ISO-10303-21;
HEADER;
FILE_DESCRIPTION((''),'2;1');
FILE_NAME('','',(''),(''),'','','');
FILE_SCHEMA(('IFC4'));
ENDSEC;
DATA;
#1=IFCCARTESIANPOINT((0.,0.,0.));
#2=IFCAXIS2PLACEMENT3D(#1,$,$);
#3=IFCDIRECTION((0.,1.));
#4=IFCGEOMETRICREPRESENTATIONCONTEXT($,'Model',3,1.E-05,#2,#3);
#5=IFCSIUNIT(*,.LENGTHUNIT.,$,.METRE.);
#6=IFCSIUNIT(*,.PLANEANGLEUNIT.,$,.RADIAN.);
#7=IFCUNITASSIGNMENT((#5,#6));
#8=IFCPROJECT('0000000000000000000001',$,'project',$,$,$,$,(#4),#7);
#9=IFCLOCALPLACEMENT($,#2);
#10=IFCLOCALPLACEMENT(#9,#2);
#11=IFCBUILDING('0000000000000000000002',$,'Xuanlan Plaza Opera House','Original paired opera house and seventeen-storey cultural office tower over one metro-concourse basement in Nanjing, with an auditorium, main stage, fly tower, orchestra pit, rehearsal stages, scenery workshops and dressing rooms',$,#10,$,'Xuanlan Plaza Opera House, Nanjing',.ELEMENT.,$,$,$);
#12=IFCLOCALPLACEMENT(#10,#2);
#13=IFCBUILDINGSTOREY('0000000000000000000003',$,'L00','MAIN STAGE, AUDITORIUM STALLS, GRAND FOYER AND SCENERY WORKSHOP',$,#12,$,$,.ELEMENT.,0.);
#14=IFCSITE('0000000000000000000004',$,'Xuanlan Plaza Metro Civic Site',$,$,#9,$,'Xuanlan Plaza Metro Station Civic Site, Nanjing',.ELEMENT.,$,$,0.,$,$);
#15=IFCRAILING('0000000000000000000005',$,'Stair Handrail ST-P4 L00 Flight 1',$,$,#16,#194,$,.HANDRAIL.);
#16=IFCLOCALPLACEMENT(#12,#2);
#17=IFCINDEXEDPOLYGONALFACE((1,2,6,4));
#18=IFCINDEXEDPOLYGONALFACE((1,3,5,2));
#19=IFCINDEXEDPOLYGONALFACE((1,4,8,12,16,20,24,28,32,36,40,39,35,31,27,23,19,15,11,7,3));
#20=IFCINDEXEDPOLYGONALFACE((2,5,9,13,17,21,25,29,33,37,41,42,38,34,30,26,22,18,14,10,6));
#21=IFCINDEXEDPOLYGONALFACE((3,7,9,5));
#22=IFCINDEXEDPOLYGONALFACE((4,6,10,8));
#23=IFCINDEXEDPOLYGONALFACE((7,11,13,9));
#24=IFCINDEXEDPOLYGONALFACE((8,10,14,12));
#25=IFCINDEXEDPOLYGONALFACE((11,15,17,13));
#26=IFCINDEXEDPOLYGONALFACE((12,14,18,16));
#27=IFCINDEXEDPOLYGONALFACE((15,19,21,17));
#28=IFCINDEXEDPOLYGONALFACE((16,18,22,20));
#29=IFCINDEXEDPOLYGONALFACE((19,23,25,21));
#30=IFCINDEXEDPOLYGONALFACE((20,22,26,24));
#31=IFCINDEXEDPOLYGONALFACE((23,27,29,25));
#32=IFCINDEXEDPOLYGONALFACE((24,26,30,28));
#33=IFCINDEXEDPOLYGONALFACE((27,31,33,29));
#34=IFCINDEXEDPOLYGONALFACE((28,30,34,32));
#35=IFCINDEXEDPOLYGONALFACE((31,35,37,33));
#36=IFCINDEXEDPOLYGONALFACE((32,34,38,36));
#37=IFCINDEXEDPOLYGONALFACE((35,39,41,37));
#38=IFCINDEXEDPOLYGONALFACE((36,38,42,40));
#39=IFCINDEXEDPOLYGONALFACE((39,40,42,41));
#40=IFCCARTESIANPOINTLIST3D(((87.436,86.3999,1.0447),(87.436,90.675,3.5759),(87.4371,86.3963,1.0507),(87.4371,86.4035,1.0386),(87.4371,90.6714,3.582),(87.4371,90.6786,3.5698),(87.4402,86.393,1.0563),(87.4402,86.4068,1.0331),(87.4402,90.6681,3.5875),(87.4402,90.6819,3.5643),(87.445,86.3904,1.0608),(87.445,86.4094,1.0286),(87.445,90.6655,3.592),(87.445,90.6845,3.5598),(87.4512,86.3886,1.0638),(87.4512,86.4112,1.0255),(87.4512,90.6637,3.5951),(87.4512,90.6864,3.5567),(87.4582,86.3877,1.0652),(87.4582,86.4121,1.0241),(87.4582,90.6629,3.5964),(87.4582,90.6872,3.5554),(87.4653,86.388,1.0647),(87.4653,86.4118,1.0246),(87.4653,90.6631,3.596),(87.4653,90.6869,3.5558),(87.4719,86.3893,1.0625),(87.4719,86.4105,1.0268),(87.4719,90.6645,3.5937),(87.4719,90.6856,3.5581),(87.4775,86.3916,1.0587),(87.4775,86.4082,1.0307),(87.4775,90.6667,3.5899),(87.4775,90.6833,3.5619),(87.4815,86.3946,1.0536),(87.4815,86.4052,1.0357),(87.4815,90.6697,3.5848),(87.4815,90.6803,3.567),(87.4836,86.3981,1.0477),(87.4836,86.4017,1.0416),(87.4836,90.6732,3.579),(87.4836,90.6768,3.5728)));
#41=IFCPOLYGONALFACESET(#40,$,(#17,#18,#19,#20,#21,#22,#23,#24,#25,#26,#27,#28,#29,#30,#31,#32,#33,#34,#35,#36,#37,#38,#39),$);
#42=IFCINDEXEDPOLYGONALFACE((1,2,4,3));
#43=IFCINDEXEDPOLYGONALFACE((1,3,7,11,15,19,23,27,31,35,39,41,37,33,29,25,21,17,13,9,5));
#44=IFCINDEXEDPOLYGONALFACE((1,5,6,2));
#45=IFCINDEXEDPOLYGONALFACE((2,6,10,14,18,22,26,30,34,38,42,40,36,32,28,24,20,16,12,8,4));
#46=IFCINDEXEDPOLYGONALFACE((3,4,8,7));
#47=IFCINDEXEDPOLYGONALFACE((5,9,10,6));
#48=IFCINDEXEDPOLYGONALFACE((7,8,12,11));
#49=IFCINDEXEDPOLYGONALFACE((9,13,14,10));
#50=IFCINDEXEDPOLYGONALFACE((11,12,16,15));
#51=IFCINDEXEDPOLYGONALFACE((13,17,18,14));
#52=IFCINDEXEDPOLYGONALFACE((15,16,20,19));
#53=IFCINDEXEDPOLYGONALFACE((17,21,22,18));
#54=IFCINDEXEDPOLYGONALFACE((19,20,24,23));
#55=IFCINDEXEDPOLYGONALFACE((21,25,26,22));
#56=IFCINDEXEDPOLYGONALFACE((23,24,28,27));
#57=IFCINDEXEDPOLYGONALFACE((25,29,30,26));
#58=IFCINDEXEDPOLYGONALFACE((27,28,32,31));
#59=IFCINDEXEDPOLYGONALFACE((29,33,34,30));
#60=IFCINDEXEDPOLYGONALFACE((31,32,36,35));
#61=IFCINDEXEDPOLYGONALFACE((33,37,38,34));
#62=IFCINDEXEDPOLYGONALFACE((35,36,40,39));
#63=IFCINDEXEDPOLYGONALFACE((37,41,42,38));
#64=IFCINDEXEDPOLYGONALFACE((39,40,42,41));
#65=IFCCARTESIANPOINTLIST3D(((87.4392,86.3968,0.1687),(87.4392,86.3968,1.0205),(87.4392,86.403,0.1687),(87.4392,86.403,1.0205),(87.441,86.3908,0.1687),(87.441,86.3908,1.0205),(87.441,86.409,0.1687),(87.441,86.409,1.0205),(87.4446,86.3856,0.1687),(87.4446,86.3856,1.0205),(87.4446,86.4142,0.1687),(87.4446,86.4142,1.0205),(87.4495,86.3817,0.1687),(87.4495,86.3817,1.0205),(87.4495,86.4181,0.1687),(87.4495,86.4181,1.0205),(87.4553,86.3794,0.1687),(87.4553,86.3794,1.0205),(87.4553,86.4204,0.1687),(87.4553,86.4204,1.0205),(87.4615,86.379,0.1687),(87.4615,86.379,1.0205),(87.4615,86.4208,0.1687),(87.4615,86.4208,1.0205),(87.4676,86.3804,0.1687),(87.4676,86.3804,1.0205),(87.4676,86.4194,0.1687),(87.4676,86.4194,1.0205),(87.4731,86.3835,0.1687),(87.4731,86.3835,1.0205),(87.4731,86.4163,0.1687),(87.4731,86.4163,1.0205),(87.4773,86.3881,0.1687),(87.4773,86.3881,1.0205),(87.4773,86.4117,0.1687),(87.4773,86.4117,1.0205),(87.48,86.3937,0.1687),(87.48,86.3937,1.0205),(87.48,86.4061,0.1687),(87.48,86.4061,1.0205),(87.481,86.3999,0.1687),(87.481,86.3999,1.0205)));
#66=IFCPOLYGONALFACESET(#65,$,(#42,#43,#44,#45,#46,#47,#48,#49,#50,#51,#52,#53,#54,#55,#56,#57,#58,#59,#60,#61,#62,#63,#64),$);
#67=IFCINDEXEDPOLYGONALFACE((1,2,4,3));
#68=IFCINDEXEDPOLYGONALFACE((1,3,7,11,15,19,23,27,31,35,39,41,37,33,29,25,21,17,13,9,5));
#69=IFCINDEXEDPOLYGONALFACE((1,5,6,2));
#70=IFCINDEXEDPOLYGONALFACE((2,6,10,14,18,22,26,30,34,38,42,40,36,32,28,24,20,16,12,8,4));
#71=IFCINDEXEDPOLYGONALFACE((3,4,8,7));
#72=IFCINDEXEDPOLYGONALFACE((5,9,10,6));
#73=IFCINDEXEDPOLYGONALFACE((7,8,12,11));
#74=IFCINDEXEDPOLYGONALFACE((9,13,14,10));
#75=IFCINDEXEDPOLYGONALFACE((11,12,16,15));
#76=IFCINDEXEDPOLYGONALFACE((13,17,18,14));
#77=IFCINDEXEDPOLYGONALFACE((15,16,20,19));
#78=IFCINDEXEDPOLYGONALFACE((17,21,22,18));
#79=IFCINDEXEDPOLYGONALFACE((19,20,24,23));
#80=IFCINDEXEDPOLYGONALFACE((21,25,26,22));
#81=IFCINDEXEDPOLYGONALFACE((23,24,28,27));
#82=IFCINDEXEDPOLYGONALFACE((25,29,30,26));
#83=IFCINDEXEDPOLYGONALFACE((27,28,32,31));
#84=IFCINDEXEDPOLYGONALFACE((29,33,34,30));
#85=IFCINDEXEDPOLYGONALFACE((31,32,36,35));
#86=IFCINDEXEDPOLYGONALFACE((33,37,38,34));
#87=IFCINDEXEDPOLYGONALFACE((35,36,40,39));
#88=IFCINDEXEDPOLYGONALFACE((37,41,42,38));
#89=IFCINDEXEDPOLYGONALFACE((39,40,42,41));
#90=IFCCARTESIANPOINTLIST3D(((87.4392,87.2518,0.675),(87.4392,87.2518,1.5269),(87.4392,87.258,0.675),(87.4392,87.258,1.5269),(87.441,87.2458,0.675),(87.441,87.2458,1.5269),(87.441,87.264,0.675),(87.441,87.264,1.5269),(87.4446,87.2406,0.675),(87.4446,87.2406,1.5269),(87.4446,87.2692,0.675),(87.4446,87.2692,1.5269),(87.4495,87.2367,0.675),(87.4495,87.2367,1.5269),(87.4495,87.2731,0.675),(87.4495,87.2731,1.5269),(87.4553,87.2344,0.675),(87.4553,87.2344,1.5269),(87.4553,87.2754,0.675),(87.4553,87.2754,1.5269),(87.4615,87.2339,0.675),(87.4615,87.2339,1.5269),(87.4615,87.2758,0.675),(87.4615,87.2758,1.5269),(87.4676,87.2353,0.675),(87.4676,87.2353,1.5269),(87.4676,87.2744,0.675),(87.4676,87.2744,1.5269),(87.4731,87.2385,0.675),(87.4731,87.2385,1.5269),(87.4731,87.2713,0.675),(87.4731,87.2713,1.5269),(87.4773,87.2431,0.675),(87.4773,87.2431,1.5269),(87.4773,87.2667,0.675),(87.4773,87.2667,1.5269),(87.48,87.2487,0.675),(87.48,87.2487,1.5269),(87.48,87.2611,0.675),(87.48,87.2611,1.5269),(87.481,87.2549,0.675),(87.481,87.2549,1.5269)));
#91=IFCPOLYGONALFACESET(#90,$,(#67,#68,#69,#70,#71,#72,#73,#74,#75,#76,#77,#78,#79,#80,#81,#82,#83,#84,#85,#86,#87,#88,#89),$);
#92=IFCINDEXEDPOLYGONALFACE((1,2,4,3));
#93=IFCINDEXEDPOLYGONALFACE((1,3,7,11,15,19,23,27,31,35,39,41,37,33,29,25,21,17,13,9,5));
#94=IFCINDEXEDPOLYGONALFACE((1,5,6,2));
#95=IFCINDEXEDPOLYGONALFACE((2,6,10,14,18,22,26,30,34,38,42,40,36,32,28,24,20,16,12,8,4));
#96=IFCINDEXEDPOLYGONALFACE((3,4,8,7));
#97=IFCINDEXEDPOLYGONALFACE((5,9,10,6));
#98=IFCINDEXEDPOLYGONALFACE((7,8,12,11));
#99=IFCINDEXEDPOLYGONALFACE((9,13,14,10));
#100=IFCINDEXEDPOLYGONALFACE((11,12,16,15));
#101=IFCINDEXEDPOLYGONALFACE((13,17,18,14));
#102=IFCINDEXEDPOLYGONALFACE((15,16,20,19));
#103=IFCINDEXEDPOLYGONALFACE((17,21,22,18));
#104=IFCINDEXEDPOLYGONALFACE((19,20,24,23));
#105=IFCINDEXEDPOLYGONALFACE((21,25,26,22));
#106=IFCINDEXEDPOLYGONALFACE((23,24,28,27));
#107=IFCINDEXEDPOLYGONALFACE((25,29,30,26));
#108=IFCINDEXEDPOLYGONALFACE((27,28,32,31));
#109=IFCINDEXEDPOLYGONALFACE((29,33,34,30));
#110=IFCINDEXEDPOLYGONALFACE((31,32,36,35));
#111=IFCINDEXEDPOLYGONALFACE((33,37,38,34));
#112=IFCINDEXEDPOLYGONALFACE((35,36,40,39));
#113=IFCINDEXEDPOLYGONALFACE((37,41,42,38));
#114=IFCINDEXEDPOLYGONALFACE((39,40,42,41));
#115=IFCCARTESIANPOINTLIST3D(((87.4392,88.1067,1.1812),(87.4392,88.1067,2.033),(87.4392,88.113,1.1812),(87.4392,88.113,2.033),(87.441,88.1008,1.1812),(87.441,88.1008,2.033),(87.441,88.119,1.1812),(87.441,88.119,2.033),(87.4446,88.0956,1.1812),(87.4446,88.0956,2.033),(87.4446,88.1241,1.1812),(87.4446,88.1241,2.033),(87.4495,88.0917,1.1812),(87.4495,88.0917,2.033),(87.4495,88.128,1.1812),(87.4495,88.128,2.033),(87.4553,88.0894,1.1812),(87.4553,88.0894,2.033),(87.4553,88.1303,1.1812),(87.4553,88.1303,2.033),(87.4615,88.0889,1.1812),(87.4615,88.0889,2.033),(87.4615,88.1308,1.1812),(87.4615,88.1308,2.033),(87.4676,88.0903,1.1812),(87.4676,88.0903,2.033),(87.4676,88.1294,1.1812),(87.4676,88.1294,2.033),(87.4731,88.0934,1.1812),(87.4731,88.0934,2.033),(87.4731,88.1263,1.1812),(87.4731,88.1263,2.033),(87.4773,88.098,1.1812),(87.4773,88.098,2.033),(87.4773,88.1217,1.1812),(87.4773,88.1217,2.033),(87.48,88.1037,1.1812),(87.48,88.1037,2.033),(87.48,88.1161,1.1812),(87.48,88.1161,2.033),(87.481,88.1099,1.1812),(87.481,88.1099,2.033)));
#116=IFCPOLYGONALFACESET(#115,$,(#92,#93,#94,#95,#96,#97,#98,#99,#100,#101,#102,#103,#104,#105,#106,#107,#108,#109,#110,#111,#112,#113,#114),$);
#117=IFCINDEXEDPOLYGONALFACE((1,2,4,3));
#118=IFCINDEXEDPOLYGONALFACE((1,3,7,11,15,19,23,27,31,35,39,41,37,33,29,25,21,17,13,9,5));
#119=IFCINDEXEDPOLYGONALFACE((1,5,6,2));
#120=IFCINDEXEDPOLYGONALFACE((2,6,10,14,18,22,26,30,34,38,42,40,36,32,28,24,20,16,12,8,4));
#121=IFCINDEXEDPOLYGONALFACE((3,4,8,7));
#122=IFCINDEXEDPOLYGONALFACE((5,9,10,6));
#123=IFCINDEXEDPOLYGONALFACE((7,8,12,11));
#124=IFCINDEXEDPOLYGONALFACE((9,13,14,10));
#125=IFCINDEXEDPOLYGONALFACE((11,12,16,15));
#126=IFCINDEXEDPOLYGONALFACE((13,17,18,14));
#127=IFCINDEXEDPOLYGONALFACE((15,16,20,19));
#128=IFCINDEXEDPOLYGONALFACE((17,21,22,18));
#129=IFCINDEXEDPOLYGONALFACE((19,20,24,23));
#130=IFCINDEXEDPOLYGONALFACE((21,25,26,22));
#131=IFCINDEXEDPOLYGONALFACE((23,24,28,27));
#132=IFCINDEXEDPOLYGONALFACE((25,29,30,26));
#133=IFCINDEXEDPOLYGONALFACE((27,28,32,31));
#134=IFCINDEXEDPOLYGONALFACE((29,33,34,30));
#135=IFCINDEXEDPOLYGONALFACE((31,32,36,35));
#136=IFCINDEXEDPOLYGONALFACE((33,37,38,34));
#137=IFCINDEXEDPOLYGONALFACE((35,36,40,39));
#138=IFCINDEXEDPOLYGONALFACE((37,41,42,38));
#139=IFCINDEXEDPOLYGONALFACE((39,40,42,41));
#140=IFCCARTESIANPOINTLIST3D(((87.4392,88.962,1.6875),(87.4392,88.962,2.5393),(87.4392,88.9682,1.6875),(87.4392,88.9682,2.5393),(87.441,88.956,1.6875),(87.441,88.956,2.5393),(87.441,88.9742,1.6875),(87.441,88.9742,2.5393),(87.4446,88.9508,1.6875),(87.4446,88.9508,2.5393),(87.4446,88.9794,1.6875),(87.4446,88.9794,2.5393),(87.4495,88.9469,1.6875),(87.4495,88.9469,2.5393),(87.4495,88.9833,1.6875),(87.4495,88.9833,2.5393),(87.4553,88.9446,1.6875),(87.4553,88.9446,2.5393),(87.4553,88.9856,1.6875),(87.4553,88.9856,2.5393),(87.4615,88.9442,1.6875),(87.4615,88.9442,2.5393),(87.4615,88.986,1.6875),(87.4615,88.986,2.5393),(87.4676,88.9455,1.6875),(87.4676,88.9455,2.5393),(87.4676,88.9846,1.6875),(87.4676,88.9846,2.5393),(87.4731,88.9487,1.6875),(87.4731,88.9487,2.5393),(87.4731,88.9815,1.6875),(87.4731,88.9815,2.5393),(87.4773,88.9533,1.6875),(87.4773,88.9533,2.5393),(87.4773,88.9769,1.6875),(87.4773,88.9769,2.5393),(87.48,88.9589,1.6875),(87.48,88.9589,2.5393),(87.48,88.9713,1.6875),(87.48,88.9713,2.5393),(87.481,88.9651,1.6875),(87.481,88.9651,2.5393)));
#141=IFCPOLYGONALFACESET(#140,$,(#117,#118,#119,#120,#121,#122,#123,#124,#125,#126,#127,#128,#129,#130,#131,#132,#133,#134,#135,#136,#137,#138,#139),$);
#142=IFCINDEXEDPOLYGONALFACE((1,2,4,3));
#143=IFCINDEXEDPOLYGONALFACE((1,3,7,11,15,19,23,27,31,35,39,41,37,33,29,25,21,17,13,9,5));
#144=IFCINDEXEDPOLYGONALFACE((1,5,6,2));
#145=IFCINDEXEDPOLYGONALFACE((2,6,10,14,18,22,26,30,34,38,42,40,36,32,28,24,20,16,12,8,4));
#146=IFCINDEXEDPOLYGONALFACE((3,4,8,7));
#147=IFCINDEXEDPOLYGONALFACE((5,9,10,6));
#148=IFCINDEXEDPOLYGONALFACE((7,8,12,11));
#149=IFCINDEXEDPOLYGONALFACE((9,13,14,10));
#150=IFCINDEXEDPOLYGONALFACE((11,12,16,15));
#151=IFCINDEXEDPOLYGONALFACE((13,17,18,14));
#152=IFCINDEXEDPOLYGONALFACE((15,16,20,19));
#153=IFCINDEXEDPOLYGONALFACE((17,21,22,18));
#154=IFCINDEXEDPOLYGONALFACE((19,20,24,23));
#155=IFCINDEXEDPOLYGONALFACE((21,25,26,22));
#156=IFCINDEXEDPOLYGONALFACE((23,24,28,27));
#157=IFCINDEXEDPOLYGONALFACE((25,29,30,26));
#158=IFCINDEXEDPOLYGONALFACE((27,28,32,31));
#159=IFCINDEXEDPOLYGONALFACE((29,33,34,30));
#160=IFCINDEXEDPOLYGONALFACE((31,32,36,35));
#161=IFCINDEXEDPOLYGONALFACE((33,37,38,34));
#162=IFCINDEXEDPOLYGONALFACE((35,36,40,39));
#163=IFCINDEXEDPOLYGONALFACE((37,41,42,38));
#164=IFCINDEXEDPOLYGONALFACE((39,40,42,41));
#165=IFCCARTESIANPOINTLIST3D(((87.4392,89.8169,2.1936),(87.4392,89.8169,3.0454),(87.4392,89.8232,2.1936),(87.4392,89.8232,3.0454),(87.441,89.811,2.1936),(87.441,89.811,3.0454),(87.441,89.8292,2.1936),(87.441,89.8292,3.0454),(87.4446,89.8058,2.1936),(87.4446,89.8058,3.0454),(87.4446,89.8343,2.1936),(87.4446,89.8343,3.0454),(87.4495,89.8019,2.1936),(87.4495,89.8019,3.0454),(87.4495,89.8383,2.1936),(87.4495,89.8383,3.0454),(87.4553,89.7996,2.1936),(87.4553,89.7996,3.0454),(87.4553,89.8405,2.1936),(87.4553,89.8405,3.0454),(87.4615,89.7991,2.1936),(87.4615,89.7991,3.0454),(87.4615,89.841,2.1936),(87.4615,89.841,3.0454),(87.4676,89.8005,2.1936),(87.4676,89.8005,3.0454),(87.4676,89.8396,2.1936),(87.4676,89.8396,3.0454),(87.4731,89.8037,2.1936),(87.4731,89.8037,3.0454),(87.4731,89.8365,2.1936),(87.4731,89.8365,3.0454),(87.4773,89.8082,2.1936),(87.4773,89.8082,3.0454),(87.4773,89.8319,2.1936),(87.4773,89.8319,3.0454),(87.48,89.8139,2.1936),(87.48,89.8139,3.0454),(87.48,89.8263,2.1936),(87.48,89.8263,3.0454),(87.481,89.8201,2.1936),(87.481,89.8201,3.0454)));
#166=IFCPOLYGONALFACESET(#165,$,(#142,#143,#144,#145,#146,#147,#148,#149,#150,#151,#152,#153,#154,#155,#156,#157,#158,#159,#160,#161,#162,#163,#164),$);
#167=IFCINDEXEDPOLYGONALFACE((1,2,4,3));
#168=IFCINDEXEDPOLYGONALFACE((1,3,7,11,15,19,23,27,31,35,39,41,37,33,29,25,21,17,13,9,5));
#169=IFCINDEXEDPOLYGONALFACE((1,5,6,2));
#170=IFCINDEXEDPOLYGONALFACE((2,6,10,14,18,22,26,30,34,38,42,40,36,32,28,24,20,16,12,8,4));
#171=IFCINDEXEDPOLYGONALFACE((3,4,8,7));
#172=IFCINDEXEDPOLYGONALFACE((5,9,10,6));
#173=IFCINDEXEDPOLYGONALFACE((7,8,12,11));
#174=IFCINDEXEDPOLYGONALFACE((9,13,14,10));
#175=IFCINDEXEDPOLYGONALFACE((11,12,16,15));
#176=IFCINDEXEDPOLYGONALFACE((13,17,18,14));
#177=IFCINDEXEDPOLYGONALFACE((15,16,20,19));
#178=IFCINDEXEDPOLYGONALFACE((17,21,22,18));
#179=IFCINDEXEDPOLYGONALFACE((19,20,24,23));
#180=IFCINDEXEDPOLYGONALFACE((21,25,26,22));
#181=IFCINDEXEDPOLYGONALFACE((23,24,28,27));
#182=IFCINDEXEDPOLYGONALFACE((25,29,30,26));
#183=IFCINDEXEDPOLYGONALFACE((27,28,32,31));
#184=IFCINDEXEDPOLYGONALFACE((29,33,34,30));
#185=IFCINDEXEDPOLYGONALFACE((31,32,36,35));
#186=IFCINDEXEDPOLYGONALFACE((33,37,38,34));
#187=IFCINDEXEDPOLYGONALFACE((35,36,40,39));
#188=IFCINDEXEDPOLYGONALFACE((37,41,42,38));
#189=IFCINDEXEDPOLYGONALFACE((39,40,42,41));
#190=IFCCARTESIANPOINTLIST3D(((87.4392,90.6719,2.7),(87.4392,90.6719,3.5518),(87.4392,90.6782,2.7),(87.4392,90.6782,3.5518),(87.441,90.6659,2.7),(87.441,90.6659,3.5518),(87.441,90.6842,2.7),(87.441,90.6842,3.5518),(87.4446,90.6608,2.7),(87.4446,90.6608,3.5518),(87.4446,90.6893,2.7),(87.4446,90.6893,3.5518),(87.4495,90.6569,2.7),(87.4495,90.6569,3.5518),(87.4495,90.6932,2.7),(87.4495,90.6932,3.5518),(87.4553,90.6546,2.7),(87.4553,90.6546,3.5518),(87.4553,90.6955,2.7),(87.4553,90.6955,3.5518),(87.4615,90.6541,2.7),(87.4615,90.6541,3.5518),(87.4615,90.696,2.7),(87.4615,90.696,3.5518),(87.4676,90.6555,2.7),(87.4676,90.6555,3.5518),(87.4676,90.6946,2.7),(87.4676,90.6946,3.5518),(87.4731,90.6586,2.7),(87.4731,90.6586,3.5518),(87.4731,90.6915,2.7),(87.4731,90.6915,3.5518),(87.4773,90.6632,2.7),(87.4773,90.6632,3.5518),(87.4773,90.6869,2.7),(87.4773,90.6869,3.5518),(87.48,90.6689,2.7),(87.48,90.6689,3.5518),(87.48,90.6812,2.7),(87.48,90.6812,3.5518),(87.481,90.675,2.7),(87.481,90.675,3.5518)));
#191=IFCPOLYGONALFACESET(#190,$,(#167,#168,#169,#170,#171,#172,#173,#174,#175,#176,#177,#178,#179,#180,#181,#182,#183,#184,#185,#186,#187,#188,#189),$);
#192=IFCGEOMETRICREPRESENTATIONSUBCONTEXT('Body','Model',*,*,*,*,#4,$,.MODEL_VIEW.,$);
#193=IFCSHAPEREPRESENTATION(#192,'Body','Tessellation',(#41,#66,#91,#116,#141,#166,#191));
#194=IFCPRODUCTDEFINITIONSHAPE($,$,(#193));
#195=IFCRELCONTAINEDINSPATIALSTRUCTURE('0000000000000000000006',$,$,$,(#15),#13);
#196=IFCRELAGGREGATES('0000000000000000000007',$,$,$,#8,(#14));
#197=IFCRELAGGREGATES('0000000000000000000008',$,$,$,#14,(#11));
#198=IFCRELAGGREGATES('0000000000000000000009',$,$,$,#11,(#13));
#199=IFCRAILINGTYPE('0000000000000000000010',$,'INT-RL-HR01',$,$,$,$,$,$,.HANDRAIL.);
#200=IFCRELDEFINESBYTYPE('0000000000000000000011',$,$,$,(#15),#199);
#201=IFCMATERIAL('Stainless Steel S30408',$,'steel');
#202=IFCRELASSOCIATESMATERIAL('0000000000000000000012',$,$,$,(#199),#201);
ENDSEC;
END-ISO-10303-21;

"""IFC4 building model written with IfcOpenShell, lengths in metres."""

from ifc_helpers import new_model, si_unit, direction, frame, origin, origin_2d, place, context, subcontext, project, spatial, circle, extrude, material, type_object, element, save


model = new_model("IFC4")

# Units and contexts
model_context = context("Model", 3, precision=1e-05, world=origin(), true_north=direction((0.0, 1.0)))
body_context = subcontext(model_context, "Body", "Model", "MODEL_VIEW")
ifc_project = project(units=[si_unit("LENGTHUNIT", "METRE"), si_unit("PLANEANGLEUNIT", "RADIAN")], contexts=[model_context])

# Site, building, storey
site_placement = place(None, origin())
site = spatial("IfcSite", under=ifc_project, at=site_placement, Name="Xuanlan Plaza Metro Civic Site", LongName="Xuanlan Plaza Metro Station Civic Site, Nanjing", CompositionType="ELEMENT", RefElevation=0.0)
building_placement = place(site_placement, origin())
building = spatial("IfcBuilding", under=site, at=building_placement, Name="Xuanlan Plaza Opera House", Description="Original paired opera house and seventeen-storey cultural office tower over one metro-concourse basement in Nanjing, with an auditorium, main stage, fly tower, orchestra pit, rehearsal stages, scenery workshops and dressing rooms", LongName="Xuanlan Plaza Opera House, Nanjing", CompositionType="ELEMENT")
storey_placement = place(building_placement, origin())
storey = spatial("IfcBuildingStorey", under=building, at=storey_placement, Name="L00", Description="MAIN STAGE, AUDITORIUM STALLS, GRAND FOYER AND SCENERY WORKSHOP", CompositionType="ELEMENT", Elevation=0.0)

# Railing
ifc_material_1 = material(Name="Stainless Steel S30408", Category="steel")
railing_type = type_object("IfcRailingType", Name="INT-RL-HR01", PredefinedType="HANDRAIL", material=ifc_material_1)
railing_placement = place(storey_placement, frame((87.46, 86.3999, 0.1687)))
element("IfcRailing", 1, at=railing_placement, inside=storey, type_object=railing_type, Name="Stair Handrail ST-P4 L00 Flight 1", PredefinedType="HANDRAIL", context=body_context, shape_type="SweptSolid", body=[
    extrude(circle(Radius=0.0239, at=origin_2d()), frame((0.0, 0.0, 0.876), z_axis=(0.0, 0.860483, 0.509479), x_axis=(-1.0, 0.0, 0.0)), (0.0, 0.0, 1.0), 4.9683),
    extrude(circle(Radius=0.021, at=origin_2d()), origin(), (0.0, 0.0, 1.0), 0.8518),
    extrude(circle(Radius=0.021, at=origin_2d()), frame((0.0, 0.855, 0.5063)), (0.0, 0.0, 1.0), 0.8518),
    extrude(circle(Radius=0.021, at=origin_2d()), frame((0.0, 1.71, 1.0125)), (0.0, 0.0, 1.0), 0.8518),
    extrude(circle(Radius=0.021, at=origin_2d()), frame((0.0, 2.5652, 1.5188)), (0.0, 0.0, 1.0), 0.8518),
    extrude(circle(Radius=0.021, at=origin_2d()), frame((0.0, 3.4202, 2.0249)), (0.0, 0.0, 1.0), 0.8518),
    extrude(circle(Radius=0.021, at=origin_2d()), frame((0.0, 4.2751, 2.5312)), (0.0, 0.0, 1.0), 0.8518),
])

save(model, "model.ifc")
